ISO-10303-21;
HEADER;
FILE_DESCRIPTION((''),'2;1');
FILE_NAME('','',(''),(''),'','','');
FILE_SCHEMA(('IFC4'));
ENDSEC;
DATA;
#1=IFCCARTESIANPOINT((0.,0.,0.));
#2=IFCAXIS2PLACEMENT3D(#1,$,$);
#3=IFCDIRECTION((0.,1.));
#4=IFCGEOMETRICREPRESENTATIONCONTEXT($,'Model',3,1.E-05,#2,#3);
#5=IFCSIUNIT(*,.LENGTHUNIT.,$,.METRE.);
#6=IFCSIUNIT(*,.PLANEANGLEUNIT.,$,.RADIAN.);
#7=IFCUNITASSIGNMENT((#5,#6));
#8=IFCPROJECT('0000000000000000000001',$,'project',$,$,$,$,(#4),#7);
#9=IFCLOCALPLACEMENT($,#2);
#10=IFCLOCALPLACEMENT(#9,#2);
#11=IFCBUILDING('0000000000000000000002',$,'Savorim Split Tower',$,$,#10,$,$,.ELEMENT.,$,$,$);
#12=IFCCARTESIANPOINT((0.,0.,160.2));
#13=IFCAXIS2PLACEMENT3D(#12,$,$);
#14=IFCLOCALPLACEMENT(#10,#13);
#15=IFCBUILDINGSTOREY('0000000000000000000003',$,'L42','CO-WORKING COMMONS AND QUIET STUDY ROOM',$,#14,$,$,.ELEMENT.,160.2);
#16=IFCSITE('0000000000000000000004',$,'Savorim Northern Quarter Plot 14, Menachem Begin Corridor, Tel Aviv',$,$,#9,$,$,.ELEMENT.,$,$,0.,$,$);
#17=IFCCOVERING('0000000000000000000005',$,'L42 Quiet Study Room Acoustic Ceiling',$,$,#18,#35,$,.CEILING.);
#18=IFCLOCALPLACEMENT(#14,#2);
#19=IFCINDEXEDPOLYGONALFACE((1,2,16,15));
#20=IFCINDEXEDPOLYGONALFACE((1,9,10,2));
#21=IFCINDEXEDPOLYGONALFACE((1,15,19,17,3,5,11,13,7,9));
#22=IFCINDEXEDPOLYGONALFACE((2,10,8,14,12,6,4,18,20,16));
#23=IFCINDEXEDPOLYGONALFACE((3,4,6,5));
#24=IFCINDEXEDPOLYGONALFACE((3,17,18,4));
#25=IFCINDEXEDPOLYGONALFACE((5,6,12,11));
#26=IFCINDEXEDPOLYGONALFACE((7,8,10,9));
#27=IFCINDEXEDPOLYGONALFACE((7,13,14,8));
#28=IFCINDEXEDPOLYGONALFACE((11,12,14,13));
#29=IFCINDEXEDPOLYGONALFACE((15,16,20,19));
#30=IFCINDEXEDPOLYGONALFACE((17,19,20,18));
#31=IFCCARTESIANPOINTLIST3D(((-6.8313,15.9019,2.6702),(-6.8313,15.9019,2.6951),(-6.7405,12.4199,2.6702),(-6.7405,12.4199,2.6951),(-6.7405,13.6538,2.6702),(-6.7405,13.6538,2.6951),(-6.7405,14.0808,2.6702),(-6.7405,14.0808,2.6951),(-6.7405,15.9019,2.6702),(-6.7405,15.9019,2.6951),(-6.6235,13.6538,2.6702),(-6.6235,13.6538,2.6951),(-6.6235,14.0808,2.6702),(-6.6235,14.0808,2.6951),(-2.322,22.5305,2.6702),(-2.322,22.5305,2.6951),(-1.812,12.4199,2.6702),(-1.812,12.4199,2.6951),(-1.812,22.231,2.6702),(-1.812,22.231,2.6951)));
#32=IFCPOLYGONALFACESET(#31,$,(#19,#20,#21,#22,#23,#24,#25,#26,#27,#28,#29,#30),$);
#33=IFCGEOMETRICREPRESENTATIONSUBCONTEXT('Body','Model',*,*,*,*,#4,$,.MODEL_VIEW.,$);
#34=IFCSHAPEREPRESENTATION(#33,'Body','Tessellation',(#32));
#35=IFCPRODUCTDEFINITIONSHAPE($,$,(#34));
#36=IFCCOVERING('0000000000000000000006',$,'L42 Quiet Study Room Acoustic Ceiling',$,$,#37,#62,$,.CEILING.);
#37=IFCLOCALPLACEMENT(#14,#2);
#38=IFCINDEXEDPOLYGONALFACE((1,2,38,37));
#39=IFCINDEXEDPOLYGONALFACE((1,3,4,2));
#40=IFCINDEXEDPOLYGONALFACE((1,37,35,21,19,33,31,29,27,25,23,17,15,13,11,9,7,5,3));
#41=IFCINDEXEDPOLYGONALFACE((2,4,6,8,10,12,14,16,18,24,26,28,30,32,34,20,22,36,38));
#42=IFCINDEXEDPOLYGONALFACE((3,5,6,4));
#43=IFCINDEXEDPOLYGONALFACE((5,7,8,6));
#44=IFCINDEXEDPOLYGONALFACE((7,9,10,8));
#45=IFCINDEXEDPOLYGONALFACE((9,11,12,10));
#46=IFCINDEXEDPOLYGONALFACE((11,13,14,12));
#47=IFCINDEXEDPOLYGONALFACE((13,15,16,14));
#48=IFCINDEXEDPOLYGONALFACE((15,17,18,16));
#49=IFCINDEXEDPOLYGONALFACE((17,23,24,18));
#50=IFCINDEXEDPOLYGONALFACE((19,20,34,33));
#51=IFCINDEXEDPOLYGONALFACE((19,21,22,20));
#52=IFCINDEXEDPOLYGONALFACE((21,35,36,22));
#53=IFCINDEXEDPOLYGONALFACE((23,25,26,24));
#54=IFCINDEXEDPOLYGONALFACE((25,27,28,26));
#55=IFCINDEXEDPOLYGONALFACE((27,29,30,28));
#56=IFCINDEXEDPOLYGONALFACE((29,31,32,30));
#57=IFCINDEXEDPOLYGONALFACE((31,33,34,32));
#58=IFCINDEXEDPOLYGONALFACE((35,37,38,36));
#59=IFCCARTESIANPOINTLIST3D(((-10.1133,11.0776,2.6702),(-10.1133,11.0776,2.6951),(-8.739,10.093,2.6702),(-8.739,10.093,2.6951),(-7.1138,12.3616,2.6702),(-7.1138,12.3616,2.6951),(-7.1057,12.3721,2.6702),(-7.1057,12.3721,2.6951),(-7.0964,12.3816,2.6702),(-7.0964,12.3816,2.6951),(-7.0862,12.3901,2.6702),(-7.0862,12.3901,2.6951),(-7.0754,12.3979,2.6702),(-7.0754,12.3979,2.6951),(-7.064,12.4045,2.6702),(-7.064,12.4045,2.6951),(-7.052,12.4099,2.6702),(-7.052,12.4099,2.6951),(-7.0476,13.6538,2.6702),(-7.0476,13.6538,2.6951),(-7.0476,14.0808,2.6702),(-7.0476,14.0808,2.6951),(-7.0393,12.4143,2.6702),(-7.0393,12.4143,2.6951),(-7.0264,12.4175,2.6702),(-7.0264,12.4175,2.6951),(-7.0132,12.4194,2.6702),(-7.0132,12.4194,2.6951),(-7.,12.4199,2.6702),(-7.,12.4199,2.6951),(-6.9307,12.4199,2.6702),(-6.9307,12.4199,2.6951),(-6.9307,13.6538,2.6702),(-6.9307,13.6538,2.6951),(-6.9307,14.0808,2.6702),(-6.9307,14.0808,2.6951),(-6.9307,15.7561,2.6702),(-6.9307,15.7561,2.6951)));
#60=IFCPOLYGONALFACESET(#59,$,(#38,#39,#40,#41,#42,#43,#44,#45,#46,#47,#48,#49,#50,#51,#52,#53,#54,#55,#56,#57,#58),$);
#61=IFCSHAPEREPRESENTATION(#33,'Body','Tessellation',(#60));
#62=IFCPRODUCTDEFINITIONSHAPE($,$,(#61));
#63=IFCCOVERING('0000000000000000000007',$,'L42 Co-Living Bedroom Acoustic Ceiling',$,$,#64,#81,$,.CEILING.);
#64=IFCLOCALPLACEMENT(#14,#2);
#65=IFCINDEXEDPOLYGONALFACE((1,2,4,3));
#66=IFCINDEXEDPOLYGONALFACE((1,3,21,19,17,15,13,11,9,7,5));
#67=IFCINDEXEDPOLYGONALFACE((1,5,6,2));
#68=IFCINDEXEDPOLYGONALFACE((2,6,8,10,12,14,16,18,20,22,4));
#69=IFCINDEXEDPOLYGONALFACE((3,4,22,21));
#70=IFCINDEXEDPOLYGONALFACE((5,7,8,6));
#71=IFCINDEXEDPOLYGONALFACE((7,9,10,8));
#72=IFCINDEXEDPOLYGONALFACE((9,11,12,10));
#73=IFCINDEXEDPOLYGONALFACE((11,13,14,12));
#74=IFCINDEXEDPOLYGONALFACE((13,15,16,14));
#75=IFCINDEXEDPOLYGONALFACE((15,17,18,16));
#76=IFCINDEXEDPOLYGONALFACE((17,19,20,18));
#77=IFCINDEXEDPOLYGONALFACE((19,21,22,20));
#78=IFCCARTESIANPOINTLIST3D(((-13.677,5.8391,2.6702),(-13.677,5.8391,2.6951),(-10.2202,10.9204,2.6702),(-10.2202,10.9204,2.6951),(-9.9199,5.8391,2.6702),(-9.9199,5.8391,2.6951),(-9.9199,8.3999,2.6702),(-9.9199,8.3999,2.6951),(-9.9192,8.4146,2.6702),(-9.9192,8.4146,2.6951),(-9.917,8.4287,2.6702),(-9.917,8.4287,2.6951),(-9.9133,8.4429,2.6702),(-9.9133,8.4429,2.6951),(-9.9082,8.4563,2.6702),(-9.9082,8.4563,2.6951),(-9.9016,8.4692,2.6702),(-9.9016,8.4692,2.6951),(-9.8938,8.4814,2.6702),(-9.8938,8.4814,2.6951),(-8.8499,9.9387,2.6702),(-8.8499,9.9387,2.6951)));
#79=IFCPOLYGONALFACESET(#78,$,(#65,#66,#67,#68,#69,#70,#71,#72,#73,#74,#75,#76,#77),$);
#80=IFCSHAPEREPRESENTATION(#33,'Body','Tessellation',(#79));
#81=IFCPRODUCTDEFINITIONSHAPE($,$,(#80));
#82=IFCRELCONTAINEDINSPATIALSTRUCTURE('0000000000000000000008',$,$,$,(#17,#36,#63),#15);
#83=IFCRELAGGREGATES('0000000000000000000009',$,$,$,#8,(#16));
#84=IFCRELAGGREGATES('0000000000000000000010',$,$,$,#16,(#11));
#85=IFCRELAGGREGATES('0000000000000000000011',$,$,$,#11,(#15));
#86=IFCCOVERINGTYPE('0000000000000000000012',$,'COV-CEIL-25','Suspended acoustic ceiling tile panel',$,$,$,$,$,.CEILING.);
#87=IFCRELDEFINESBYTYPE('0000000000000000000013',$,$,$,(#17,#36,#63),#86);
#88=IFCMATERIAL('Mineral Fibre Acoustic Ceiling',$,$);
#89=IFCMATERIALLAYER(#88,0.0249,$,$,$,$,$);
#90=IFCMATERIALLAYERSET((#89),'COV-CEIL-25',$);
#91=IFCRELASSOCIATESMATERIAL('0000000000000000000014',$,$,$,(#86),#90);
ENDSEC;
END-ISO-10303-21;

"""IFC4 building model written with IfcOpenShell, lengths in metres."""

from ifc_helpers import new_model, si_unit, direction, frame, origin, place, context, subcontext, project, spatial, polyline, outline, extrude, material, layer, layer_set, type_object, element, save


model = new_model("IFC4")

# Units and contexts
model_context = context("Model", 3, precision=1e-05, world=origin(), true_north=direction((0.0, 1.0)))
body_context = subcontext(model_context, "Body", "Model", "MODEL_VIEW")
ifc_project = project(units=[si_unit("LENGTHUNIT", "METRE"), si_unit("PLANEANGLEUNIT", "RADIAN")], contexts=[model_context])

# Site, building, storey
site_placement = place(None, origin())
site = spatial("IfcSite", under=ifc_project, at=site_placement, Name="Savorim Northern Quarter Plot 14, Menachem Begin Corridor, Tel Aviv", CompositionType="ELEMENT", RefElevation=0.0)
building_placement = place(site_placement, origin())
building = spatial("IfcBuilding", under=site, at=building_placement, Name="Savorim Split Tower", CompositionType="ELEMENT")
storey_placement = place(building_placement, frame((0.0, 0.0, 160.2)))
storey = spatial("IfcBuildingStorey", under=building, at=storey_placement, Name="L42", Description="CO-WORKING COMMONS AND QUIET STUDY ROOM", CompositionType="ELEMENT", Elevation=160.2)

# Coverings
ifc_material = material(Name="Mineral Fibre Acoustic Ceiling")
ifc_layer = layer(ifc_material, 0.0249)
ifc_layer_set = layer_set([ifc_layer], Name="COV-CEIL-25")
covering_type = type_object("IfcCoveringType", Name="COV-CEIL-25", Description="Suspended acoustic ceiling tile panel", PredefinedType="CEILING", material=ifc_layer_set)
covering_1_placement = place(storey_placement, frame((0.0, 0.0, 2.6702)))
element("IfcCovering", 1, at=covering_1_placement, inside=storey, type_object=covering_type, Name="L42 Quiet Study Room Acoustic Ceiling", PredefinedType="CEILING", context=body_context, shape_type="SweptSolid", body=[
    extrude(outline(polyline([(-6.7405, 12.4199), (-1.812, 12.4199), (-1.812, 22.231), (-2.322, 22.5305), (-6.8313, 15.9019), (-6.7405, 15.9019), (-6.7405, 14.0808), (-6.6235, 14.0808), (-6.6235, 13.6538), (-6.7405, 13.6538), (-6.7405, 12.4199)])), origin(), (0.0, 0.0, 1.0), 0.0249),
])
covering_2_placement = place(storey_placement, frame((0.0, 0.0, 2.6702)))
element("IfcCovering", 2, at=covering_2_placement, inside=storey, type_object=covering_type, Name="L42 Quiet Study Room Acoustic Ceiling", PredefinedType="CEILING", context=body_context, shape_type="SweptSolid", body=[
    extrude(outline(polyline([(-7.0132, 12.4194), (-7.0, 12.4199), (-6.9307, 12.4199), (-6.9307, 13.6538), (-7.0476, 13.6538), (-7.0476, 14.0808), (-6.9307, 14.0808), (-6.9307, 15.7561), (-10.1133, 11.0776), (-8.739, 10.093), (-7.1138, 12.3616), (-7.1057, 12.3721), (-7.0964, 12.3816), (-7.0862, 12.3901), (-7.0754, 12.3979), (-7.064, 12.4045), (-7.052, 12.4099), (-7.0393, 12.4143), (-7.0264, 12.4175), (-7.0132, 12.4194)])), origin(), (0.0, 0.0, 1.0), 0.0249),
])
covering_3_placement = place(storey_placement, frame((0.0, 0.0, 2.6702)))
element("IfcCovering", 3, at=covering_3_placement, inside=storey, type_object=covering_type, Name="L42 Co-Living Bedroom Acoustic Ceiling", PredefinedType="CEILING", context=body_context, shape_type="SweptSolid", body=[
    extrude(outline(polyline([(-9.9082, 8.4563), (-9.9016, 8.4692), (-9.8938, 8.4814), (-8.8499, 9.9387), (-10.2202, 10.9204), (-13.677, 5.8391), (-9.9199, 5.8391), (-9.9199, 8.3999), (-9.9192, 8.4146), (-9.917, 8.4287), (-9.9133, 8.4429), (-9.9082, 8.4563)])), origin(), (0.0, 0.0, 1.0), 0.0249),
])

save(model, "model.ifc")
